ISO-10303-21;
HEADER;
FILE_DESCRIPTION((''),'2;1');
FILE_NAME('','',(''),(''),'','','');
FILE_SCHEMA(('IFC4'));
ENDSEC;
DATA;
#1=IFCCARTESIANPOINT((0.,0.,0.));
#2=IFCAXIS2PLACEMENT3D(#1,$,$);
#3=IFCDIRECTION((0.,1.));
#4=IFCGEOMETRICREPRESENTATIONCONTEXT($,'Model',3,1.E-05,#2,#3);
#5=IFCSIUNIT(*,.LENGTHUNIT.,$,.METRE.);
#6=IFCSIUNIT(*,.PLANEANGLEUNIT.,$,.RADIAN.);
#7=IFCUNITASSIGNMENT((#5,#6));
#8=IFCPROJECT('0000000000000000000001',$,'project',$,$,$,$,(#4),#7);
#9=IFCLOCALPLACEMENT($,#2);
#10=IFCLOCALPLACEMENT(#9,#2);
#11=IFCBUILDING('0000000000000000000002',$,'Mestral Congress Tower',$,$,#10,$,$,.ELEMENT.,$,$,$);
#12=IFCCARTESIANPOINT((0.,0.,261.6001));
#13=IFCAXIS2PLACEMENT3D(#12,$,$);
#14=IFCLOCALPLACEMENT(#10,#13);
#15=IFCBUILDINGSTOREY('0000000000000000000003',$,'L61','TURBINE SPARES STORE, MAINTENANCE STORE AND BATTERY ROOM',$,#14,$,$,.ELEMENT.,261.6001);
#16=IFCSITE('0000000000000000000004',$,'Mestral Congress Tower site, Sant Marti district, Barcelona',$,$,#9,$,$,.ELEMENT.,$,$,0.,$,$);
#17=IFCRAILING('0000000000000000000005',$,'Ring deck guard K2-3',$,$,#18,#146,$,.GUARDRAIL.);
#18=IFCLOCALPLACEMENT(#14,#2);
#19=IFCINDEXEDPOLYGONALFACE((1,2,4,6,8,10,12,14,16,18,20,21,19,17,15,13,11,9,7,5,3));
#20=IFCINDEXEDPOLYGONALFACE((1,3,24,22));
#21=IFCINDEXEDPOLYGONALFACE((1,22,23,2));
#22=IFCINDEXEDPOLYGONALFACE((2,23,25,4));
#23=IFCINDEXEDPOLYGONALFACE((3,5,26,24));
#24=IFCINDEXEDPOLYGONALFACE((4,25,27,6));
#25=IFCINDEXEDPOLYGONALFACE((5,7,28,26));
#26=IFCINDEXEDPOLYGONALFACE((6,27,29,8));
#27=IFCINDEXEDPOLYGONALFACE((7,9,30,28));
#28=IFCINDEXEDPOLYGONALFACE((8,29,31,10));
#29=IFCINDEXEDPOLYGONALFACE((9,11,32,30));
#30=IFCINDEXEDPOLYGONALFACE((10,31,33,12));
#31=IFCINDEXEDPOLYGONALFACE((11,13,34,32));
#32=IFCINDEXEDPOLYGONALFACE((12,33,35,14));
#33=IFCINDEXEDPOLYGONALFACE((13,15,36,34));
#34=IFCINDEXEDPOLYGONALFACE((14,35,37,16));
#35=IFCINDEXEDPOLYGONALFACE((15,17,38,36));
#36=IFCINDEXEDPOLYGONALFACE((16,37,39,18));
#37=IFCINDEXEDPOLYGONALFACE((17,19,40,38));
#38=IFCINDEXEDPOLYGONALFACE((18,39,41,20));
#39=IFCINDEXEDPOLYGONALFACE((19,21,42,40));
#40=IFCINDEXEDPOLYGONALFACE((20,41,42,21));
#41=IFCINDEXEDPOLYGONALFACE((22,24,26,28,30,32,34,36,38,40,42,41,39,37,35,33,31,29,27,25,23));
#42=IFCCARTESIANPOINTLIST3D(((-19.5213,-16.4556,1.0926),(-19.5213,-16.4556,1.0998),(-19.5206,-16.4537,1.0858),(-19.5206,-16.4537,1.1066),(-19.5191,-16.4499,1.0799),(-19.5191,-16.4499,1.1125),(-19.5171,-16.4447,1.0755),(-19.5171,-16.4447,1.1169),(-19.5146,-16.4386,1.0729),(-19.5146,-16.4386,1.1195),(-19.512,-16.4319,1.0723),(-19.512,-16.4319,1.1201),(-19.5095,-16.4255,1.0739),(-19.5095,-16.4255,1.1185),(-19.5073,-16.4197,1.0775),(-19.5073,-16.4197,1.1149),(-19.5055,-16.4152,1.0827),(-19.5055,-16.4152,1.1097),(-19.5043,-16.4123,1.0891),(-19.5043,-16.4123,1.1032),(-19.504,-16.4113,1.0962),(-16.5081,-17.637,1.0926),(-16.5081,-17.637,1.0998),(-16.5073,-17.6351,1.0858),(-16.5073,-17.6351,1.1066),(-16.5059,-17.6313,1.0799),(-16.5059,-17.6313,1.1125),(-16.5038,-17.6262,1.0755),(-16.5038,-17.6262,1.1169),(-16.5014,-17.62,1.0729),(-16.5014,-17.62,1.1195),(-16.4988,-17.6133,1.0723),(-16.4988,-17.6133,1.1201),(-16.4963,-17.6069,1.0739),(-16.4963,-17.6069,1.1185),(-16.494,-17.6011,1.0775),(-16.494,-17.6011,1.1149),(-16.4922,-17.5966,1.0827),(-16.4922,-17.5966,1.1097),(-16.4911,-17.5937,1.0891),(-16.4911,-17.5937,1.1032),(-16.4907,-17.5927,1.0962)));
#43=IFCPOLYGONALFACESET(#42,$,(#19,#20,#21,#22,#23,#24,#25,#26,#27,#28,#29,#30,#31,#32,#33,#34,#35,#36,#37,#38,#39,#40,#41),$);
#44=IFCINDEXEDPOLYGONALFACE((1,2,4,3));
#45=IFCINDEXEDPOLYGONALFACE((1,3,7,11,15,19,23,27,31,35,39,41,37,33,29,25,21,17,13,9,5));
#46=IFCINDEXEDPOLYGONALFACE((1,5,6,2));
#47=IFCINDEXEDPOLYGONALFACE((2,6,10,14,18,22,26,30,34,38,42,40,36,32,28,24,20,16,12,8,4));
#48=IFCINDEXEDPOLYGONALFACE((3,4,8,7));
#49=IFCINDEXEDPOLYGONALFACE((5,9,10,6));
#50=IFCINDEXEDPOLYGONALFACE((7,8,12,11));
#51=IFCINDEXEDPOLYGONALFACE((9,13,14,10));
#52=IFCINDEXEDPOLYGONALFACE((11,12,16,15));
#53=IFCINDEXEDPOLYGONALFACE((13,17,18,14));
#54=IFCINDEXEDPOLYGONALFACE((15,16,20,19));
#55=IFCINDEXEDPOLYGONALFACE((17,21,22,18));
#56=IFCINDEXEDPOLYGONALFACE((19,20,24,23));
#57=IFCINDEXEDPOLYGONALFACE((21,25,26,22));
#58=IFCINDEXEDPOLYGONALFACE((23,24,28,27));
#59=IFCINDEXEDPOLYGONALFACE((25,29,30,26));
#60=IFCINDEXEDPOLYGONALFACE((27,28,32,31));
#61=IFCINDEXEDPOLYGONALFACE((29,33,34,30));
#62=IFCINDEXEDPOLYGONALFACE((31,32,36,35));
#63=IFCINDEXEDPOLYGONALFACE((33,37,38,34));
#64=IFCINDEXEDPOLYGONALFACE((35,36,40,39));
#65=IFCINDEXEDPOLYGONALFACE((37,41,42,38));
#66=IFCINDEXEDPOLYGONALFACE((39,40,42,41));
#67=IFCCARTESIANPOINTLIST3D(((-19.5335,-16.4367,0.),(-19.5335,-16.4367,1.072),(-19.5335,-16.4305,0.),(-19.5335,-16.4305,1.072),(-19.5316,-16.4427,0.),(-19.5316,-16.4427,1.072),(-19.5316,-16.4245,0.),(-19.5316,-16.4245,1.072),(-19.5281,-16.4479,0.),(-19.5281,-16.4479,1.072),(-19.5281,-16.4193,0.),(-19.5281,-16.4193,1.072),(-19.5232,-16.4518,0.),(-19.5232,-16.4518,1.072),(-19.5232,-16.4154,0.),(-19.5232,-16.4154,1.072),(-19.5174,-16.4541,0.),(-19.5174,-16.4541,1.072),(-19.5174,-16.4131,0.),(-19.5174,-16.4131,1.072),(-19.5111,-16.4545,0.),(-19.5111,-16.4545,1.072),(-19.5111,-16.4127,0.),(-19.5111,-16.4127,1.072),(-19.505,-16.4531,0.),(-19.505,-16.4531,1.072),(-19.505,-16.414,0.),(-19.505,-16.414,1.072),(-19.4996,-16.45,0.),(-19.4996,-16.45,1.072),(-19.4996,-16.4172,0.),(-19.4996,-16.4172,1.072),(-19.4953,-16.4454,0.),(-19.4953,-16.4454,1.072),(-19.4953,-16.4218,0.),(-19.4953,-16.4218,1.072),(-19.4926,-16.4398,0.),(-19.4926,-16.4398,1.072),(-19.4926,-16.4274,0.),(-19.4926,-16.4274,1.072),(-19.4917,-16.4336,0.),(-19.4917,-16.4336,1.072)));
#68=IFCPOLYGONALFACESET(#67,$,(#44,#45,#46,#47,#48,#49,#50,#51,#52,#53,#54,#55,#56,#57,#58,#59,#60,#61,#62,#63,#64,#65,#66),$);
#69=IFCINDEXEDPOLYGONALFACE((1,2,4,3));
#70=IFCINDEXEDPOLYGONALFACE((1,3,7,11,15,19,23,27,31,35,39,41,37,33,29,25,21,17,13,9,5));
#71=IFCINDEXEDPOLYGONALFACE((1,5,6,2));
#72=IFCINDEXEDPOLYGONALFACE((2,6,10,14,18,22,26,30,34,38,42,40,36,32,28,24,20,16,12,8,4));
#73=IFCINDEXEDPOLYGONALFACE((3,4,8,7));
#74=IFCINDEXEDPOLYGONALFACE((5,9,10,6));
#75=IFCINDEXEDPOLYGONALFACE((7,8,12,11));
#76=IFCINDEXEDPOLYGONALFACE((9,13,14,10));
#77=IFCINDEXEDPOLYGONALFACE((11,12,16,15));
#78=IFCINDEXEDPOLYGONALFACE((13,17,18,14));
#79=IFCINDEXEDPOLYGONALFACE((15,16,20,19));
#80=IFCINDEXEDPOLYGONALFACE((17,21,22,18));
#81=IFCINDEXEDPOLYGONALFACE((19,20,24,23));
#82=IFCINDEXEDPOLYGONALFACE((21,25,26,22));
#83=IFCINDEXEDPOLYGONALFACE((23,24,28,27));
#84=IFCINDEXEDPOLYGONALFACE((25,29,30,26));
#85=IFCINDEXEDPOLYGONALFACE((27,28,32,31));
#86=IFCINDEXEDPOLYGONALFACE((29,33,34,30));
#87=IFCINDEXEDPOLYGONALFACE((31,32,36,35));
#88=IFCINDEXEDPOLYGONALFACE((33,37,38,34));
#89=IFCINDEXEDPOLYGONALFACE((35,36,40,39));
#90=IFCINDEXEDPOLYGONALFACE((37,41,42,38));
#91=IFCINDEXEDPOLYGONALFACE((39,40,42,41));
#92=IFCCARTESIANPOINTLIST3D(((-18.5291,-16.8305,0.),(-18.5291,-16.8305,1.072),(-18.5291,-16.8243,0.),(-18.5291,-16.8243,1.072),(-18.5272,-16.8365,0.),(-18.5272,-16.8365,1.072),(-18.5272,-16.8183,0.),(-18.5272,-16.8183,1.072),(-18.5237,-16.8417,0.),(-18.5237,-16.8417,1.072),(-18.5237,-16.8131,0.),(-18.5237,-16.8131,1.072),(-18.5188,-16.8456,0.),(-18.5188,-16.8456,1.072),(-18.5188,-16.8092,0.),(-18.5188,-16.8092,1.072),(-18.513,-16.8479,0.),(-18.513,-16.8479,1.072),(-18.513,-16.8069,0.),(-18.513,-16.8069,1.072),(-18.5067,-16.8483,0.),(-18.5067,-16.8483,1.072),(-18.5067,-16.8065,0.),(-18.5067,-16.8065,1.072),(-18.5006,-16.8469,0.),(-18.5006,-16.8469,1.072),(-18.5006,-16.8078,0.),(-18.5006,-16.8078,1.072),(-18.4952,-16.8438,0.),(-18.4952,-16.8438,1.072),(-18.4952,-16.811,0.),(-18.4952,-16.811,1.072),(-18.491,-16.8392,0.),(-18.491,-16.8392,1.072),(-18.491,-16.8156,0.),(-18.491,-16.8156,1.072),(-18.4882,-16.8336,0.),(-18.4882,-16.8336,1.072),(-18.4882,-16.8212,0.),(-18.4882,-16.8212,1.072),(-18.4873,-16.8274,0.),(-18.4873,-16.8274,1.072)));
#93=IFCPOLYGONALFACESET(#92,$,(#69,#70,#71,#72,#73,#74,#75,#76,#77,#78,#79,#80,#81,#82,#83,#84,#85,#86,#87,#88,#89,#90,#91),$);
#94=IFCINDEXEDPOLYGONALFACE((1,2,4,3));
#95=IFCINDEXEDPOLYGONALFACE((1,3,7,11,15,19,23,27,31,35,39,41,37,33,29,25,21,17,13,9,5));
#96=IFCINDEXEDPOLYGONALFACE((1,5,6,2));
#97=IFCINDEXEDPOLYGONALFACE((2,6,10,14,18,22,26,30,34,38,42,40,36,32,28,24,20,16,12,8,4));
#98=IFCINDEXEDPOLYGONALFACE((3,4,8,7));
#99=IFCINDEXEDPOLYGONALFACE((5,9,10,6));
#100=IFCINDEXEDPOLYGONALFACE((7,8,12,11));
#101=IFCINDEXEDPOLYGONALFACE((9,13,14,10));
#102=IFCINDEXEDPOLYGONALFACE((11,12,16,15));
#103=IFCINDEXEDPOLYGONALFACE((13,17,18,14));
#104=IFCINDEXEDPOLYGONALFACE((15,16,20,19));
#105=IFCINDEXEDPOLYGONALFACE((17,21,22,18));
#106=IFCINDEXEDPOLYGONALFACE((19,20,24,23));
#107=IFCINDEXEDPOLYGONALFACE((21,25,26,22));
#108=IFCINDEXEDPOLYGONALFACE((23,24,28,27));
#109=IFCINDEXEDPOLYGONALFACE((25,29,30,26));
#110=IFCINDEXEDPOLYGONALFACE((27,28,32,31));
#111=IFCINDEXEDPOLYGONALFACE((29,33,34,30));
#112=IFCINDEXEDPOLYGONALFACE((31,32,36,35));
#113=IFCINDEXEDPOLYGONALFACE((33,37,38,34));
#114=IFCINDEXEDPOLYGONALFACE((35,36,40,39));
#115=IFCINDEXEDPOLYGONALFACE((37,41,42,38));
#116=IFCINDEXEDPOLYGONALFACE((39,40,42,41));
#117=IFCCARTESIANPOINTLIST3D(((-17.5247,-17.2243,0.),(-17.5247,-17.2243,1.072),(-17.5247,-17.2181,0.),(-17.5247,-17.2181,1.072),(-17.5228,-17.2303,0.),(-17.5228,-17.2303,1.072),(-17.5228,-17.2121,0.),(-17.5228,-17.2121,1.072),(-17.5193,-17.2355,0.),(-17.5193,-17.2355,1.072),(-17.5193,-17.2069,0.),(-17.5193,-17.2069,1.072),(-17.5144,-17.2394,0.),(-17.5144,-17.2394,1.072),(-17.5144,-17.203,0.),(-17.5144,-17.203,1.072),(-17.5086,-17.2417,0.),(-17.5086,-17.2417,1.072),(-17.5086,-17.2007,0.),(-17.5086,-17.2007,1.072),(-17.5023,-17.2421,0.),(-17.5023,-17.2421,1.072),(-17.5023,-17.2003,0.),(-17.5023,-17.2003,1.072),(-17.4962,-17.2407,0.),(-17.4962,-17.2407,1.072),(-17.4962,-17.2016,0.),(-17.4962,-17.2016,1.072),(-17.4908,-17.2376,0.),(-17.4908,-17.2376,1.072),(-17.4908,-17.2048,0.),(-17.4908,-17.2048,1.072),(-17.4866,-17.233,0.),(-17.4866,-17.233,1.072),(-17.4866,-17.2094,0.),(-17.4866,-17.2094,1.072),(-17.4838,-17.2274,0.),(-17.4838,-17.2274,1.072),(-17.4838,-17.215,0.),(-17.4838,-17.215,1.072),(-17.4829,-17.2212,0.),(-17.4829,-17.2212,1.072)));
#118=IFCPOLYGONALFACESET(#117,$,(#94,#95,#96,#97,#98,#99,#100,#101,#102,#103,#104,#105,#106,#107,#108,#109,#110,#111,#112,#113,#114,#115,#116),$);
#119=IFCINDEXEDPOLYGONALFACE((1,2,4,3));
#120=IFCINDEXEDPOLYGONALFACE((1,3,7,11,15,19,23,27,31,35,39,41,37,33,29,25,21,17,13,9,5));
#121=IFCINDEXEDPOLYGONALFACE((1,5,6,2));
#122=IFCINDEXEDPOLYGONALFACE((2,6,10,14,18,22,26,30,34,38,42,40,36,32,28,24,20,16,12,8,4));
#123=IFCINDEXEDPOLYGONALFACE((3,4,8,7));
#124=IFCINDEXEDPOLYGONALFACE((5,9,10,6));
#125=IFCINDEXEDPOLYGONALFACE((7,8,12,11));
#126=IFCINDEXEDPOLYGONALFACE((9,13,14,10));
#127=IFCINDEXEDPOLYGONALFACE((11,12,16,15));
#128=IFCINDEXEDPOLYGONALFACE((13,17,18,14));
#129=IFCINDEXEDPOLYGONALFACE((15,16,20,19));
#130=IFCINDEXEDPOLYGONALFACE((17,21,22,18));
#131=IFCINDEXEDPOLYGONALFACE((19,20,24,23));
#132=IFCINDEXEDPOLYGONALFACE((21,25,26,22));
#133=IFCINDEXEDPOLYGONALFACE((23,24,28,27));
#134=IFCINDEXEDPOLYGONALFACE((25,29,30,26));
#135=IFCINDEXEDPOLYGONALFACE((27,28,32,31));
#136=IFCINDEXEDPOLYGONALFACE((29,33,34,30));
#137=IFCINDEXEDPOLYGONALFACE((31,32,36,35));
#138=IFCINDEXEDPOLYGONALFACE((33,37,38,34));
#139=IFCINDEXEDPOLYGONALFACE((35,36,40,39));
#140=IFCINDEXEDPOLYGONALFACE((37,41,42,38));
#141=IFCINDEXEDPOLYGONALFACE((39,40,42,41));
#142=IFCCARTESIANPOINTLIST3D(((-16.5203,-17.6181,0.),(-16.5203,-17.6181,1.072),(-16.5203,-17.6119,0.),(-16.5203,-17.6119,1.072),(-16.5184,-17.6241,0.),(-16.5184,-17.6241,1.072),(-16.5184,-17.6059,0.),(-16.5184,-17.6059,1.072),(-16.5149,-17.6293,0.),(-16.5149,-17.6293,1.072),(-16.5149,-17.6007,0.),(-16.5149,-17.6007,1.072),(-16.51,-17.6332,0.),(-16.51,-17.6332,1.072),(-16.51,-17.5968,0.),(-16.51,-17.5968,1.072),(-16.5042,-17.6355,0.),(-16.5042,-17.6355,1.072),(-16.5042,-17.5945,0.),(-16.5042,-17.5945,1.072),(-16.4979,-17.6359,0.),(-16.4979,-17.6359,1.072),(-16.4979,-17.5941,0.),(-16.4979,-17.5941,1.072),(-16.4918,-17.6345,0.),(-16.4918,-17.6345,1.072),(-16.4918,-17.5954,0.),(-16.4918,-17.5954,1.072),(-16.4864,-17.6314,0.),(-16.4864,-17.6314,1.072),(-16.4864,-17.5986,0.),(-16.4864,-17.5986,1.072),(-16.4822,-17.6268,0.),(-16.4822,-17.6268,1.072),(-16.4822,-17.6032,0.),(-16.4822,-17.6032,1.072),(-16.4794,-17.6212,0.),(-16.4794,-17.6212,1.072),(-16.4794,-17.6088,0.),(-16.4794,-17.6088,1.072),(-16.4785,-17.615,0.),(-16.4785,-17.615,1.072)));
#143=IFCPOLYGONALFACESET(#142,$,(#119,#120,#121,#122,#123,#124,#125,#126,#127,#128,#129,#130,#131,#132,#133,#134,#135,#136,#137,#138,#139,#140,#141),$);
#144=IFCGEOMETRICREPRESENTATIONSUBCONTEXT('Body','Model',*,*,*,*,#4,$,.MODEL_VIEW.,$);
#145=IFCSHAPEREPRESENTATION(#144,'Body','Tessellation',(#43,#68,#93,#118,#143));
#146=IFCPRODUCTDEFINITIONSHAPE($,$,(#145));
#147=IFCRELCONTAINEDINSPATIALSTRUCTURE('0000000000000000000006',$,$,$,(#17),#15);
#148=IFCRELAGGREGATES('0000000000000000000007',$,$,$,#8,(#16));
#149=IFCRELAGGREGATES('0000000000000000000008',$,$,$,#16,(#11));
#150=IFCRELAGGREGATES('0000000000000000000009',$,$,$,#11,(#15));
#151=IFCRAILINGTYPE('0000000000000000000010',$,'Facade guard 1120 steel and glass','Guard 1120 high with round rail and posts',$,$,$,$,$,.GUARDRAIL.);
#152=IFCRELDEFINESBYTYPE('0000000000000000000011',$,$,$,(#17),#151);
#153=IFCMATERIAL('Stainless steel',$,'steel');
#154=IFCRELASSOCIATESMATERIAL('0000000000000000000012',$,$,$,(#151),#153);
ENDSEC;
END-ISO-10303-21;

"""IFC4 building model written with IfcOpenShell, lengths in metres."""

from ifc_helpers import new_model, si_unit, direction, frame, origin, origin_2d, place, context, subcontext, project, spatial, circle, extrude, material, type_object, element, save


model = new_model("IFC4")

# Units and contexts
model_context = context("Model", 3, precision=1e-05, world=origin(), true_north=direction((0.0, 1.0)))
body_context = subcontext(model_context, "Body", "Model", "MODEL_VIEW")
ifc_project = project(units=[si_unit("LENGTHUNIT", "METRE"), si_unit("PLANEANGLEUNIT", "RADIAN")], contexts=[model_context])

# Site, building, storey
site_placement = place(None, origin())
site = spatial("IfcSite", under=ifc_project, at=site_placement, Name="Mestral Congress Tower site, Sant Marti district, Barcelona", CompositionType="ELEMENT", RefElevation=0.0)
building_placement = place(site_placement, origin())
building = spatial("IfcBuilding", under=site, at=building_placement, Name="Mestral Congress Tower", CompositionType="ELEMENT")
storey_placement = place(building_placement, frame((0.0, 0.0, 261.6001)))
storey = spatial("IfcBuildingStorey", under=building, at=storey_placement, Name="L61", Description="TURBINE SPARES STORE, MAINTENANCE STORE AND BATTERY ROOM", CompositionType="ELEMENT", Elevation=261.6001)

# Railing
ifc_material_1 = material(Name="Stainless steel", Category="steel")
railing_type = type_object("IfcRailingType", Name="Facade guard 1120 steel and glass", Description="Guard 1120 high with round rail and posts", PredefinedType="GUARDRAIL", material=ifc_material_1)
railing_1_placement = place(storey_placement, frame((-19.5127, -16.4336, 0.0)))
element("IfcRailing", 1, at=railing_1_placement, inside=storey, type_object=railing_type, Name="Ring deck guard K2-3", PredefinedType="GUARDRAIL", context=body_context, shape_type="SweptSolid", body=[
    extrude(circle(Radius=0.0239, at=origin_2d()), frame((0.0, 0.0, 1.0962), z_axis=(0.930999, -0.365022, 0.0), x_axis=(0.365022, 0.930999, 0.0)), (0.0, 0.0, 1.0), 3.2366),
    extrude(circle(Radius=0.021, at=origin_2d()), origin(), (0.0, 0.0, 1.0), 1.072),
    extrude(circle(Radius=0.021, at=origin_2d()), frame((1.0044, -0.3938, 0.0)), (0.0, 0.0, 1.0), 1.072),
    extrude(circle(Radius=0.021, at=origin_2d()), frame((2.0088, -0.7876, 0.0)), (0.0, 0.0, 1.0), 1.072),
    extrude(circle(Radius=0.021, at=origin_2d()), frame((3.0132, -1.1814, 0.0)), (0.0, 0.0, 1.0), 1.072),
])

save(model, "model.ifc")
